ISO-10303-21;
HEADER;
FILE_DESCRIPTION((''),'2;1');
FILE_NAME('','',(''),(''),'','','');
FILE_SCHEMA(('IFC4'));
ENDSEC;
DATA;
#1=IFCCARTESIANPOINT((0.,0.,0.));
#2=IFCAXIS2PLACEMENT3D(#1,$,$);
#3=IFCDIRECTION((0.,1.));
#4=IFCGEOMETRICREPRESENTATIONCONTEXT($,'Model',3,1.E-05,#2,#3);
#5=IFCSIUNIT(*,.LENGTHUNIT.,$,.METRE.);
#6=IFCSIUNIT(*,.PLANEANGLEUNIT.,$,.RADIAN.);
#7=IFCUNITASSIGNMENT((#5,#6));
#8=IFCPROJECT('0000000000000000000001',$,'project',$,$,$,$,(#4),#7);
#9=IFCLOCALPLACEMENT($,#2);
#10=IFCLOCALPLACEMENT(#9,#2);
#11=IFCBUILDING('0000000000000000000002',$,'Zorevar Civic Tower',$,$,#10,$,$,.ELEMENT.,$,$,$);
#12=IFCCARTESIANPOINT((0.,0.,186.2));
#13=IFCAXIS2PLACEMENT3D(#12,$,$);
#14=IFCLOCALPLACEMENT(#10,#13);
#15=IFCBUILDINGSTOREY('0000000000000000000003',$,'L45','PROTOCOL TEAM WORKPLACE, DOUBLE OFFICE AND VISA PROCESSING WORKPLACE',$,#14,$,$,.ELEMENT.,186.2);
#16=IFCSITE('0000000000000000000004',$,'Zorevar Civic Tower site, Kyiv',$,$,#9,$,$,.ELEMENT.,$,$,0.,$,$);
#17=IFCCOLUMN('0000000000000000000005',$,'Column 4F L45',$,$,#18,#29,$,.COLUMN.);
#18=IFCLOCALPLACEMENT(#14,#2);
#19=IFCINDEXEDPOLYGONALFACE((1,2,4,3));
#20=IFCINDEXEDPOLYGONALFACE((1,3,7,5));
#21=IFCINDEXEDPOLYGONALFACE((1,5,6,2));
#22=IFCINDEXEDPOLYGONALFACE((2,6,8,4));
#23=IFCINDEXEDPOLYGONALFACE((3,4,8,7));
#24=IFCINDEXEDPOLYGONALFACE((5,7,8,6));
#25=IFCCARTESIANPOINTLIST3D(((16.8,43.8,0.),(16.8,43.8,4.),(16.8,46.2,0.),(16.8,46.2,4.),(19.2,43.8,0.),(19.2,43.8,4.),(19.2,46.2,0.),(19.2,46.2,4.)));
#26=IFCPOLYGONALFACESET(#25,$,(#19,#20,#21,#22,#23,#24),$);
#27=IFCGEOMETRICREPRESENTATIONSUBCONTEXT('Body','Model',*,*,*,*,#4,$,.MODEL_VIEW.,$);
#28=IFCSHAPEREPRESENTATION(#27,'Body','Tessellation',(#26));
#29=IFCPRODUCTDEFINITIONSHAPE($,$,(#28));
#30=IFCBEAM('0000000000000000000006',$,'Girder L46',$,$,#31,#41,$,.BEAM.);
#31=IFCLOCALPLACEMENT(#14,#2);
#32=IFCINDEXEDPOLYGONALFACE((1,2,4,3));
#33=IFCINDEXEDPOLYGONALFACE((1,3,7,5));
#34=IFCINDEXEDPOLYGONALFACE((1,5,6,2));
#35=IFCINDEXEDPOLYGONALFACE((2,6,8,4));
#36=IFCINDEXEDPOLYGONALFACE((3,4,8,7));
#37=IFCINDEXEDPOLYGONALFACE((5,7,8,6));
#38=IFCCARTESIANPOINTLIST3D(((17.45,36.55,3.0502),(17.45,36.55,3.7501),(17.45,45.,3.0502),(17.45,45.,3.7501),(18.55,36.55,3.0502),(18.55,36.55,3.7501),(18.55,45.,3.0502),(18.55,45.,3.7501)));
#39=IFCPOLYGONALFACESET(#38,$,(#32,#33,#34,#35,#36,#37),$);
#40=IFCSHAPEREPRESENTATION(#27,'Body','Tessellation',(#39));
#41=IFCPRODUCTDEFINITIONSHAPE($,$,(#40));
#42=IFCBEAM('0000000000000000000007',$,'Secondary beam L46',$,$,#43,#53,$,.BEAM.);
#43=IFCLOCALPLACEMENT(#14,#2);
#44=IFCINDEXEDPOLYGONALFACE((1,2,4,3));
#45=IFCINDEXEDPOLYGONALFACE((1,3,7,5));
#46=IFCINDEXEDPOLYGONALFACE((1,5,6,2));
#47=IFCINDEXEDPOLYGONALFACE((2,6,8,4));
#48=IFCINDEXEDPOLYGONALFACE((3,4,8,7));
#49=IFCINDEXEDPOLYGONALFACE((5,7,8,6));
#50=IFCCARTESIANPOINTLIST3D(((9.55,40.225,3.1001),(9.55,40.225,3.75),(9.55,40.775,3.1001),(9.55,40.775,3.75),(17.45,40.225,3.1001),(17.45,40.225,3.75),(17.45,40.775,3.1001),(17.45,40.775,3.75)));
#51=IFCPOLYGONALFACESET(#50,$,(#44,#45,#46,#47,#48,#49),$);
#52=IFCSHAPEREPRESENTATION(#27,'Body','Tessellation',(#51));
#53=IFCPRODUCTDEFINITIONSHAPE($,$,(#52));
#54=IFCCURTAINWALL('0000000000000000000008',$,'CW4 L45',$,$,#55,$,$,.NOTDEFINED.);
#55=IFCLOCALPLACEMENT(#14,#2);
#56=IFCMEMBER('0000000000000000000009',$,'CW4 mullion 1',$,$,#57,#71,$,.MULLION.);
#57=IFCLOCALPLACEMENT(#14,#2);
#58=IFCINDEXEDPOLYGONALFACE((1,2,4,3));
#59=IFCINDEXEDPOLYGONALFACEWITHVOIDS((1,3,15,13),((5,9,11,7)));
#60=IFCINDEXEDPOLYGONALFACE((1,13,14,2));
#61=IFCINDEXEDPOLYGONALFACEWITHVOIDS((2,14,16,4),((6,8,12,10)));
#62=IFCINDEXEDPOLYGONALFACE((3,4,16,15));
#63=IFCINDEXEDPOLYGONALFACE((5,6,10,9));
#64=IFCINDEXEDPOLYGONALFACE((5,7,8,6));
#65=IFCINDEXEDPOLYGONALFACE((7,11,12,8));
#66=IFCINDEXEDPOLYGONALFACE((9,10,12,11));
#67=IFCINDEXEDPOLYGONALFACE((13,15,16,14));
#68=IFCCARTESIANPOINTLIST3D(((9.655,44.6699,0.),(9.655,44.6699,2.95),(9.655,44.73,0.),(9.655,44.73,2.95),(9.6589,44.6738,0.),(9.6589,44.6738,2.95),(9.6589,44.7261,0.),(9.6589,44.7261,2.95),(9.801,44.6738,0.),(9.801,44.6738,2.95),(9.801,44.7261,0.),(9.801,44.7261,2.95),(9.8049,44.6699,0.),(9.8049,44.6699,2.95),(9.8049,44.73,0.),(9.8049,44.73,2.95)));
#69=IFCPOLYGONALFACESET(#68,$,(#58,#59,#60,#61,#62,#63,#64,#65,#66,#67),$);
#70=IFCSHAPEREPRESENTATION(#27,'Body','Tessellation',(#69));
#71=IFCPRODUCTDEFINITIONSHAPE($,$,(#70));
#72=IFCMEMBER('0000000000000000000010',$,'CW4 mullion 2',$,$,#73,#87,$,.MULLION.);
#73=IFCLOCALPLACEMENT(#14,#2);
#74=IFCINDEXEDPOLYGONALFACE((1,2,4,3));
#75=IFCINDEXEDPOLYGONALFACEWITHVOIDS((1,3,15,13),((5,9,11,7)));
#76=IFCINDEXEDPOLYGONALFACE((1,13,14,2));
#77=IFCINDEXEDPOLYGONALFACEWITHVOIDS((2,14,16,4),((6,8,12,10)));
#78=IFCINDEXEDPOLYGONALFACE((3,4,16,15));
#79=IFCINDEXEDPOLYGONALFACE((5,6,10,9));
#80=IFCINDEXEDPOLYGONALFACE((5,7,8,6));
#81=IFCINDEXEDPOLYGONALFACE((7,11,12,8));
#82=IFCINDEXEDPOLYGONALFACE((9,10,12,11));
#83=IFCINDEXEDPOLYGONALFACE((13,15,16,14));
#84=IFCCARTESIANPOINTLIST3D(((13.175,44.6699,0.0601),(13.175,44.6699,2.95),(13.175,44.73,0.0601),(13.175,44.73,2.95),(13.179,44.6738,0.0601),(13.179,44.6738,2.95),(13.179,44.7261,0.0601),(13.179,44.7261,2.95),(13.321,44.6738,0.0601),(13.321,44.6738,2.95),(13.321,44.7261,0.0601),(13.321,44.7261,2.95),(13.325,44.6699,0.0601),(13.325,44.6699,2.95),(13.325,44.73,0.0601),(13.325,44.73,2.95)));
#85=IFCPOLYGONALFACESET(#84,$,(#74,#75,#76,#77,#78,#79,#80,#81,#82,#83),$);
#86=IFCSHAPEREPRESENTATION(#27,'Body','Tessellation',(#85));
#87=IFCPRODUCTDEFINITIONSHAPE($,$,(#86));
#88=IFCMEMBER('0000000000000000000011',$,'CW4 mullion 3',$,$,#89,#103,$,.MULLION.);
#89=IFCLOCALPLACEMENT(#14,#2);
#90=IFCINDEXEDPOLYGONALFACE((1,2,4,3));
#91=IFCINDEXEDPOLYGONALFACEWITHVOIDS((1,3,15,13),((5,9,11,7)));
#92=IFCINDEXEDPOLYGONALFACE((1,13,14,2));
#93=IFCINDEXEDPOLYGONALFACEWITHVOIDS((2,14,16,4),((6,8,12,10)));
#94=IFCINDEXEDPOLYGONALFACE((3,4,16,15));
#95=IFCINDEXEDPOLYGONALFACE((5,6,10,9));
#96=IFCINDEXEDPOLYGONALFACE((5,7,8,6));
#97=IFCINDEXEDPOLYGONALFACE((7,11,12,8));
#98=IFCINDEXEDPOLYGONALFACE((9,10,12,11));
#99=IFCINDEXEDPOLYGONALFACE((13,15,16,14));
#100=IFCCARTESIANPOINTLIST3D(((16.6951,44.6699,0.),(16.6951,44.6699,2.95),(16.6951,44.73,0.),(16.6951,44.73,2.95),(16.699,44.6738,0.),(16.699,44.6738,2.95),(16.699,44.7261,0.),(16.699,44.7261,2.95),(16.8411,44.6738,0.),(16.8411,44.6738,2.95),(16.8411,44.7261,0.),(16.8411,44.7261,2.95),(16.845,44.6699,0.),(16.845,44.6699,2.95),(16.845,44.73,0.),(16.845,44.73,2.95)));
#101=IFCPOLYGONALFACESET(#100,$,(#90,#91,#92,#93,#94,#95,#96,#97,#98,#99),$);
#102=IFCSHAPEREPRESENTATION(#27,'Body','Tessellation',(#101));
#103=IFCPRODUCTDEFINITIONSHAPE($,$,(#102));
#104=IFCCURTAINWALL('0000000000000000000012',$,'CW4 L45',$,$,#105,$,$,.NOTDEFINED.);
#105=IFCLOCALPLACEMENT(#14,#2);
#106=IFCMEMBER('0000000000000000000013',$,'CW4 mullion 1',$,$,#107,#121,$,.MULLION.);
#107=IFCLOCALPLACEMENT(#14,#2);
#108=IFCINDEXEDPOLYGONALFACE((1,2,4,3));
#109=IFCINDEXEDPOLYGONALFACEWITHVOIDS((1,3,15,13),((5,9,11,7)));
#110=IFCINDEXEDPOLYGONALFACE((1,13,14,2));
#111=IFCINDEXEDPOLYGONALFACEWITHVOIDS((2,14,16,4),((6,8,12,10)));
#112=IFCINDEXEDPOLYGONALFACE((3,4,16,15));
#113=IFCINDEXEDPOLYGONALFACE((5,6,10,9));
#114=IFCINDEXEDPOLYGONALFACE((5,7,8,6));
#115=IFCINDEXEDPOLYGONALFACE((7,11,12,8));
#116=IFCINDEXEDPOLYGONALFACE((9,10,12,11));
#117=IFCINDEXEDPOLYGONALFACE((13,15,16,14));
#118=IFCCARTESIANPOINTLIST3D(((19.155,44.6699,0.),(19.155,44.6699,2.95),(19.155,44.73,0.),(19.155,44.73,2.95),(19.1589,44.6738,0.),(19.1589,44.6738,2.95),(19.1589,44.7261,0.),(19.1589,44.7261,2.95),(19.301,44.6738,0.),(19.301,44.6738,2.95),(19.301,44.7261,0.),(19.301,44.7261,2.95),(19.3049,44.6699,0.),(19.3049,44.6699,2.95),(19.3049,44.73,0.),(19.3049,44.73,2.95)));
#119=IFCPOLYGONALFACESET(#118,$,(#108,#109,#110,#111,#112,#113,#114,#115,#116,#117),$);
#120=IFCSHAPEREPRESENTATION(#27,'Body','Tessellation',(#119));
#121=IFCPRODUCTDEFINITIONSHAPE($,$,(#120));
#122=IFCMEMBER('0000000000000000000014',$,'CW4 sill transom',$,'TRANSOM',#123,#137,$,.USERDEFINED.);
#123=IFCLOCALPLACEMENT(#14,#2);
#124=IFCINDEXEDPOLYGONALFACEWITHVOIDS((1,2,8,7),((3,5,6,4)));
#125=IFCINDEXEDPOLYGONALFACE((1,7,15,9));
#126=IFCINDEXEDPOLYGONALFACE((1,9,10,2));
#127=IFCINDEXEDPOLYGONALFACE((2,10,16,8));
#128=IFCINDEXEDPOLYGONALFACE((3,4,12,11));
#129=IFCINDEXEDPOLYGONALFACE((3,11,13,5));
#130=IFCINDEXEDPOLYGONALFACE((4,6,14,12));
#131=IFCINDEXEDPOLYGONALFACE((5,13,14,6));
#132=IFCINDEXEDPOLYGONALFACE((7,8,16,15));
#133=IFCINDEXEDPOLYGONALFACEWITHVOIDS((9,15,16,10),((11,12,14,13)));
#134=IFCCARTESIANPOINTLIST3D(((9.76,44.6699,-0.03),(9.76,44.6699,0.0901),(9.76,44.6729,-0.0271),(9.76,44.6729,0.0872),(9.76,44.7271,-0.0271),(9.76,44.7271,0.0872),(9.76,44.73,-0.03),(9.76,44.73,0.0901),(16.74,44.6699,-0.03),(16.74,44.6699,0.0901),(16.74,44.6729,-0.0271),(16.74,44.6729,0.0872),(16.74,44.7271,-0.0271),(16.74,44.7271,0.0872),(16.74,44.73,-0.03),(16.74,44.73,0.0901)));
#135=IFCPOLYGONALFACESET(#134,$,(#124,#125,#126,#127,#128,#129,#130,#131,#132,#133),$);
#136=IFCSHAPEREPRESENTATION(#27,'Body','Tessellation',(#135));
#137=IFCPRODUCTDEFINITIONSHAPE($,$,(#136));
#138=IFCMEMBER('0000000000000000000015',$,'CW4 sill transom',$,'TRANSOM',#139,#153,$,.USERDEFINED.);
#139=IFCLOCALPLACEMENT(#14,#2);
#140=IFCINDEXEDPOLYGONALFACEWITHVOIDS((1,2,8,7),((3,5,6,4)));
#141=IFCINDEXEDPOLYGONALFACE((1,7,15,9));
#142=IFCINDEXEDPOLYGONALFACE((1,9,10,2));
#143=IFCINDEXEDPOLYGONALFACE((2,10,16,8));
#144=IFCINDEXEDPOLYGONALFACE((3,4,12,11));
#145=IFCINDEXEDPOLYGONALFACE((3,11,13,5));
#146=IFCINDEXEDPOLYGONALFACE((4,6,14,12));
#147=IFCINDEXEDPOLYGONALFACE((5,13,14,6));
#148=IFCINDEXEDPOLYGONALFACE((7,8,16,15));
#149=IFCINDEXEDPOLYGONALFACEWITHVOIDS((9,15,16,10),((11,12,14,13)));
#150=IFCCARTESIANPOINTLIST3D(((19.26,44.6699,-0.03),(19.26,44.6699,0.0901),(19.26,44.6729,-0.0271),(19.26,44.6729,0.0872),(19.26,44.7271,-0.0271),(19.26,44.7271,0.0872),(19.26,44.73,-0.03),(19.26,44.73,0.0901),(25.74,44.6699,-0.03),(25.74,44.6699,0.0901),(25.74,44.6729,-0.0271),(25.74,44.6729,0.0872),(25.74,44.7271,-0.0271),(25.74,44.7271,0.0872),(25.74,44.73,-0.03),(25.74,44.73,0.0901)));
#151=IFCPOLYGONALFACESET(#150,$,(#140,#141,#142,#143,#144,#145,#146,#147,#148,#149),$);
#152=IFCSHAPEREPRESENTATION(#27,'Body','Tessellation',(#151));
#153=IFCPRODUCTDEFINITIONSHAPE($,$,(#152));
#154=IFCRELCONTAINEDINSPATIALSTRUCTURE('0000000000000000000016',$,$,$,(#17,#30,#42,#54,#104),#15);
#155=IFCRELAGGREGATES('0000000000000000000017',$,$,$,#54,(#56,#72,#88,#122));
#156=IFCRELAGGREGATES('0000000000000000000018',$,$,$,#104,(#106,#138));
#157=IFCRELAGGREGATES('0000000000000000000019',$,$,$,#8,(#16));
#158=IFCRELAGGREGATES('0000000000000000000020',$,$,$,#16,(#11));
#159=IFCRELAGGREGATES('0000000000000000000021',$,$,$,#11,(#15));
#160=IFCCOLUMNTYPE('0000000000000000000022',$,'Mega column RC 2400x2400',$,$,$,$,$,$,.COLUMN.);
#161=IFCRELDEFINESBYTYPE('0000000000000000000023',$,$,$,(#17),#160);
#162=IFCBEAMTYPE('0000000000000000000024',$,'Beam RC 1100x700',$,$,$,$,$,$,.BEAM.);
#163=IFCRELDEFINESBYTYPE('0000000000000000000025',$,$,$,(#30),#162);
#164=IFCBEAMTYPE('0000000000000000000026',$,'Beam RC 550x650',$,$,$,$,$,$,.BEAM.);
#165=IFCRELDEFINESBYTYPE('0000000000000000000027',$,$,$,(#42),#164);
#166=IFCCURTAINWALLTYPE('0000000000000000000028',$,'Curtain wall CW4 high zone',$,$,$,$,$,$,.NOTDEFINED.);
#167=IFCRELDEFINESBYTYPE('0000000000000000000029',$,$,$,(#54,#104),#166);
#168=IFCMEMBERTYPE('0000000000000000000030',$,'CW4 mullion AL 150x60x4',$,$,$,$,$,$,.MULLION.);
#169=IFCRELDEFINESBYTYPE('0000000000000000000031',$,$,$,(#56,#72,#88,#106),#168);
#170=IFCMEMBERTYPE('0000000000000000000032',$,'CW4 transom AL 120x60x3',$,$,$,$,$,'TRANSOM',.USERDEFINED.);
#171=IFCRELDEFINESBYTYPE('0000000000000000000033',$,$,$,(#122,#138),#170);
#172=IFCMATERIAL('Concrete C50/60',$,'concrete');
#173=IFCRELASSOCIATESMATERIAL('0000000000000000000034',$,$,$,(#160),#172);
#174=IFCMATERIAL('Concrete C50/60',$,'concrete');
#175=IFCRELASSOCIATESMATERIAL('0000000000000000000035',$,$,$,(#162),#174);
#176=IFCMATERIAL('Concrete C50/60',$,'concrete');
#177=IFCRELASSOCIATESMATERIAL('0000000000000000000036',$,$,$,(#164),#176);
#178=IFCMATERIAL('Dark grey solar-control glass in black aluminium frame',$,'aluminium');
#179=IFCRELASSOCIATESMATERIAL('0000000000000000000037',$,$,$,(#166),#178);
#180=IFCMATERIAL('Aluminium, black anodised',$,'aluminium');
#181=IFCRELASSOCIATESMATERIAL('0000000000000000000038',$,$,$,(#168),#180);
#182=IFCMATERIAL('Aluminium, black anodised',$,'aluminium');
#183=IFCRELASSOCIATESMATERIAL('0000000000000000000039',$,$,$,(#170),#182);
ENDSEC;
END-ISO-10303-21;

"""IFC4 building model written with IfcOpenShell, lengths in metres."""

from ifc_helpers import new_model, si_unit, direction, frame, origin, origin_2d, place, context, subcontext, project, spatial, rectangle, hollow_rectangle, extrude, material, material_profile, profile_set, type_object, element, aggregate, save


model = new_model("IFC4")

# Units and contexts
model_context = context("Model", 3, precision=1e-05, world=origin(), true_north=direction((0.0, 1.0)))
body_context = subcontext(model_context, "Body", "Model", "MODEL_VIEW")
ifc_project = project(units=[si_unit("LENGTHUNIT", "METRE"), si_unit("PLANEANGLEUNIT", "RADIAN")], contexts=[model_context])

# Site, building, storey
site_placement = place(None, origin())
site = spatial("IfcSite", under=ifc_project, at=site_placement, Name="Zorevar Civic Tower site, Kyiv", CompositionType="ELEMENT", RefElevation=0.0)
building_placement = place(site_placement, origin())
building = spatial("IfcBuilding", under=site, at=building_placement, Name="Zorevar Civic Tower", CompositionType="ELEMENT")
storey_placement = place(building_placement, frame((0.0, 0.0, 186.2)))
storey = spatial("IfcBuildingStorey", under=building, at=storey_placement, Name="L45", Description="PROTOCOL TEAM WORKPLACE, DOUBLE OFFICE AND VISA PROCESSING WORKPLACE", CompositionType="ELEMENT", Elevation=186.2)

# Column
ifc_material_1 = material(Name="Concrete C50/60", Category="concrete")
ifc_material_profile_1 = material_profile(ifc_material_1, rectangle(XDim=2.3999, YDim=2.3999, at=origin_2d()), Name="RC 2400x2400")
ifc_profile_set_1 = profile_set([ifc_material_profile_1], Name="Concrete C50/60")
column_type = type_object("IfcColumnType", Name="Mega column RC 2400x2400", PredefinedType="COLUMN", material=ifc_profile_set_1)
column_placement = place(storey_placement, frame((18.0, 45.0, 0.0), z_axis=(0.0, 0.0, 1.0), x_axis=(1.0, 0.0, 0.0)))
element("IfcColumn", 1, at=column_placement, inside=storey, type_object=column_type, Name="Column 4F L45", PredefinedType="COLUMN", context=body_context, shape_type="SweptSolid", body=[
    extrude(rectangle(XDim=2.3999, YDim=2.3999, at=origin_2d()), origin(), (0.0, 0.0, 1.0), 4.0),
])

# Beams
ifc_material_2 = material(Name="Concrete C50/60", Category="concrete")
ifc_material_profile_2 = material_profile(ifc_material_2, rectangle(XDim=1.1001, YDim=0.7, at=origin_2d()), Name="RC 1100x700")
ifc_profile_set_2 = profile_set([ifc_material_profile_2], Name="Concrete C50/60")
beam_type_1 = type_object("IfcBeamType", Name="Beam RC 1100x700", PredefinedType="BEAM", material=ifc_profile_set_2)
beam_1_placement = place(storey_placement, frame((18.0, 36.55, 3.4001), z_axis=(0.0, 1.0, 0.0), x_axis=(-1.0, 0.0, 0.0)))
element("IfcBeam", 2, at=beam_1_placement, inside=storey, type_object=beam_type_1, Name="Girder L46", PredefinedType="BEAM", context=body_context, shape_type="SweptSolid", body=[
    extrude(rectangle(XDim=1.1001, YDim=0.7, at=origin_2d()), origin(), (0.0, 0.0, 1.0), 8.45),
])
ifc_material_3 = material(Name="Concrete C50/60", Category="concrete")
ifc_material_profile_3 = material_profile(ifc_material_3, rectangle(XDim=0.55, YDim=0.6499, at=origin_2d()), Name="RC 550x650")
ifc_profile_set_3 = profile_set([ifc_material_profile_3], Name="Concrete C50/60")
beam_type_2 = type_object("IfcBeamType", Name="Beam RC 550x650", PredefinedType="BEAM", material=ifc_profile_set_3)
beam_2_placement = place(storey_placement, frame((9.55, 40.5, 3.425), z_axis=(1.0, 0.0, 0.0), x_axis=(0.0, 1.0, 0.0)))
element("IfcBeam", 3, at=beam_2_placement, inside=storey, type_object=beam_type_2, Name="Secondary beam L46", PredefinedType="BEAM", context=body_context, shape_type="SweptSolid", body=[
    extrude(rectangle(XDim=0.55, YDim=0.6499, at=origin_2d()), origin(), (0.0, 0.0, 1.0), 7.8999),
])

# Curtain wall, members
ifc_material_4 = material(Name="Dark grey solar-control glass in black aluminium frame", Category="aluminium")
curtain_wall_type = type_object("IfcCurtainWallType", Name="Curtain wall CW4 high zone", PredefinedType="NOTDEFINED", material=ifc_material_4)
curtain_wall_1_placement = place(storey_placement, origin())
curtain_wall_1 = element("IfcCurtainWall", 4, at=curtain_wall_1_placement, inside=storey, type_object=curtain_wall_type, Name="CW4 L45", PredefinedType="NOTDEFINED")
ifc_material_5 = material(Name="Aluminium, black anodised", Category="aluminium")
ifc_material_profile_4 = material_profile(ifc_material_5, hollow_rectangle(XDim=0.0601, YDim=0.1499, WallThickness=0.0039, at=origin_2d()), Name="AL 150x60x4")
ifc_profile_set_4 = profile_set([ifc_material_profile_4], Name="Aluminium, black anodised")
member_type_1 = type_object("IfcMemberType", Name="CW4 mullion AL 150x60x4", PredefinedType="MULLION", material=ifc_profile_set_4)
member_1_placement = place(storey_placement, frame((9.73, 44.7, 0.0), z_axis=(0.0, 0.0, 1.0), x_axis=(0.0, 1.0, 0.0)))
member_1 = element("IfcMember", 5, at=member_1_placement, type_object=member_type_1, Name="CW4 mullion 1", PredefinedType="MULLION", context=body_context, shape_type="SweptSolid", body=[
    extrude(hollow_rectangle(XDim=0.0601, YDim=0.1499, WallThickness=0.0039, at=origin_2d()), origin(), (0.0, 0.0, 1.0), 2.95),
])
member_2_placement = place(storey_placement, frame((13.25, 44.7, 0.0601), z_axis=(0.0, 0.0, 1.0), x_axis=(0.0, 1.0, 0.0)))
member_2 = element("IfcMember", 6, at=member_2_placement, type_object=member_type_1, Name="CW4 mullion 2", PredefinedType="MULLION", context=body_context, shape_type="SweptSolid", body=[
    extrude(hollow_rectangle(XDim=0.0601, YDim=0.1499, WallThickness=0.0039, at=origin_2d()), origin(), (0.0, 0.0, 1.0), 2.8899),
])
member_3_placement = place(storey_placement, frame((16.77, 44.7, 0.0), z_axis=(0.0, 0.0, 1.0), x_axis=(0.0, 1.0, 0.0)))
member_3 = element("IfcMember", 7, at=member_3_placement, type_object=member_type_1, Name="CW4 mullion 3", PredefinedType="MULLION", context=body_context, shape_type="SweptSolid", body=[
    extrude(hollow_rectangle(XDim=0.0601, YDim=0.1499, WallThickness=0.0039, at=origin_2d()), origin(), (0.0, 0.0, 1.0), 2.95),
])

# Curtain wall, member
curtain_wall_2_placement = place(storey_placement, origin())
curtain_wall_2 = element("IfcCurtainWall", 8, at=curtain_wall_2_placement, inside=storey, type_object=curtain_wall_type, Name="CW4 L45", PredefinedType="NOTDEFINED")
member_4_placement = place(storey_placement, frame((19.23, 44.7, 0.0), z_axis=(0.0, 0.0, 1.0), x_axis=(0.0, 1.0, 0.0)))
member_4 = element("IfcMember", 9, at=member_4_placement, type_object=member_type_1, Name="CW4 mullion 1", PredefinedType="MULLION", context=body_context, shape_type="SweptSolid", body=[
    extrude(hollow_rectangle(XDim=0.0601, YDim=0.1499, WallThickness=0.0039, at=origin_2d()), origin(), (0.0, 0.0, 1.0), 2.95),
])

# Members
ifc_material_6 = material(Name="Aluminium, black anodised", Category="aluminium")
ifc_material_profile_5 = material_profile(ifc_material_6, hollow_rectangle(XDim=0.0601, YDim=0.1201, WallThickness=0.0029, at=origin_2d()), Name="AL 120x60x3")
ifc_profile_set_5 = profile_set([ifc_material_profile_5], Name="Aluminium, black anodised")
member_type_2 = type_object("IfcMemberType", Name="CW4 transom AL 120x60x3", ElementType="TRANSOM", PredefinedType="USERDEFINED", material=ifc_profile_set_5)
member_5_placement = place(storey_placement, frame((9.76, 44.7, 0.03), z_axis=(1.0, 0.0, 0.0), x_axis=(0.0, 1.0, 0.0)))
member_5 = element("IfcMember", 10, at=member_5_placement, type_object=member_type_2, Name="CW4 sill transom", ObjectType="TRANSOM", PredefinedType="USERDEFINED", context=body_context, shape_type="SweptSolid", body=[
    extrude(hollow_rectangle(XDim=0.0601, YDim=0.1201, WallThickness=0.0029, at=origin_2d()), origin(), (0.0, 0.0, 1.0), 6.98),
])
member_6_placement = place(storey_placement, frame((19.26, 44.7, 0.03), z_axis=(1.0, 0.0, 0.0), x_axis=(0.0, 1.0, 0.0)))
member_6 = element("IfcMember", 11, at=member_6_placement, type_object=member_type_2, Name="CW4 sill transom", ObjectType="TRANSOM", PredefinedType="USERDEFINED", context=body_context, shape_type="SweptSolid", body=[
    extrude(hollow_rectangle(XDim=0.0601, YDim=0.1201, WallThickness=0.0029, at=origin_2d()), origin(), (0.0, 0.0, 1.0), 6.48),
])

aggregate(curtain_wall_1, [member_1, member_2, member_3, member_5])
aggregate(curtain_wall_2, [member_4, member_6])

save(model, "model.ifc")
